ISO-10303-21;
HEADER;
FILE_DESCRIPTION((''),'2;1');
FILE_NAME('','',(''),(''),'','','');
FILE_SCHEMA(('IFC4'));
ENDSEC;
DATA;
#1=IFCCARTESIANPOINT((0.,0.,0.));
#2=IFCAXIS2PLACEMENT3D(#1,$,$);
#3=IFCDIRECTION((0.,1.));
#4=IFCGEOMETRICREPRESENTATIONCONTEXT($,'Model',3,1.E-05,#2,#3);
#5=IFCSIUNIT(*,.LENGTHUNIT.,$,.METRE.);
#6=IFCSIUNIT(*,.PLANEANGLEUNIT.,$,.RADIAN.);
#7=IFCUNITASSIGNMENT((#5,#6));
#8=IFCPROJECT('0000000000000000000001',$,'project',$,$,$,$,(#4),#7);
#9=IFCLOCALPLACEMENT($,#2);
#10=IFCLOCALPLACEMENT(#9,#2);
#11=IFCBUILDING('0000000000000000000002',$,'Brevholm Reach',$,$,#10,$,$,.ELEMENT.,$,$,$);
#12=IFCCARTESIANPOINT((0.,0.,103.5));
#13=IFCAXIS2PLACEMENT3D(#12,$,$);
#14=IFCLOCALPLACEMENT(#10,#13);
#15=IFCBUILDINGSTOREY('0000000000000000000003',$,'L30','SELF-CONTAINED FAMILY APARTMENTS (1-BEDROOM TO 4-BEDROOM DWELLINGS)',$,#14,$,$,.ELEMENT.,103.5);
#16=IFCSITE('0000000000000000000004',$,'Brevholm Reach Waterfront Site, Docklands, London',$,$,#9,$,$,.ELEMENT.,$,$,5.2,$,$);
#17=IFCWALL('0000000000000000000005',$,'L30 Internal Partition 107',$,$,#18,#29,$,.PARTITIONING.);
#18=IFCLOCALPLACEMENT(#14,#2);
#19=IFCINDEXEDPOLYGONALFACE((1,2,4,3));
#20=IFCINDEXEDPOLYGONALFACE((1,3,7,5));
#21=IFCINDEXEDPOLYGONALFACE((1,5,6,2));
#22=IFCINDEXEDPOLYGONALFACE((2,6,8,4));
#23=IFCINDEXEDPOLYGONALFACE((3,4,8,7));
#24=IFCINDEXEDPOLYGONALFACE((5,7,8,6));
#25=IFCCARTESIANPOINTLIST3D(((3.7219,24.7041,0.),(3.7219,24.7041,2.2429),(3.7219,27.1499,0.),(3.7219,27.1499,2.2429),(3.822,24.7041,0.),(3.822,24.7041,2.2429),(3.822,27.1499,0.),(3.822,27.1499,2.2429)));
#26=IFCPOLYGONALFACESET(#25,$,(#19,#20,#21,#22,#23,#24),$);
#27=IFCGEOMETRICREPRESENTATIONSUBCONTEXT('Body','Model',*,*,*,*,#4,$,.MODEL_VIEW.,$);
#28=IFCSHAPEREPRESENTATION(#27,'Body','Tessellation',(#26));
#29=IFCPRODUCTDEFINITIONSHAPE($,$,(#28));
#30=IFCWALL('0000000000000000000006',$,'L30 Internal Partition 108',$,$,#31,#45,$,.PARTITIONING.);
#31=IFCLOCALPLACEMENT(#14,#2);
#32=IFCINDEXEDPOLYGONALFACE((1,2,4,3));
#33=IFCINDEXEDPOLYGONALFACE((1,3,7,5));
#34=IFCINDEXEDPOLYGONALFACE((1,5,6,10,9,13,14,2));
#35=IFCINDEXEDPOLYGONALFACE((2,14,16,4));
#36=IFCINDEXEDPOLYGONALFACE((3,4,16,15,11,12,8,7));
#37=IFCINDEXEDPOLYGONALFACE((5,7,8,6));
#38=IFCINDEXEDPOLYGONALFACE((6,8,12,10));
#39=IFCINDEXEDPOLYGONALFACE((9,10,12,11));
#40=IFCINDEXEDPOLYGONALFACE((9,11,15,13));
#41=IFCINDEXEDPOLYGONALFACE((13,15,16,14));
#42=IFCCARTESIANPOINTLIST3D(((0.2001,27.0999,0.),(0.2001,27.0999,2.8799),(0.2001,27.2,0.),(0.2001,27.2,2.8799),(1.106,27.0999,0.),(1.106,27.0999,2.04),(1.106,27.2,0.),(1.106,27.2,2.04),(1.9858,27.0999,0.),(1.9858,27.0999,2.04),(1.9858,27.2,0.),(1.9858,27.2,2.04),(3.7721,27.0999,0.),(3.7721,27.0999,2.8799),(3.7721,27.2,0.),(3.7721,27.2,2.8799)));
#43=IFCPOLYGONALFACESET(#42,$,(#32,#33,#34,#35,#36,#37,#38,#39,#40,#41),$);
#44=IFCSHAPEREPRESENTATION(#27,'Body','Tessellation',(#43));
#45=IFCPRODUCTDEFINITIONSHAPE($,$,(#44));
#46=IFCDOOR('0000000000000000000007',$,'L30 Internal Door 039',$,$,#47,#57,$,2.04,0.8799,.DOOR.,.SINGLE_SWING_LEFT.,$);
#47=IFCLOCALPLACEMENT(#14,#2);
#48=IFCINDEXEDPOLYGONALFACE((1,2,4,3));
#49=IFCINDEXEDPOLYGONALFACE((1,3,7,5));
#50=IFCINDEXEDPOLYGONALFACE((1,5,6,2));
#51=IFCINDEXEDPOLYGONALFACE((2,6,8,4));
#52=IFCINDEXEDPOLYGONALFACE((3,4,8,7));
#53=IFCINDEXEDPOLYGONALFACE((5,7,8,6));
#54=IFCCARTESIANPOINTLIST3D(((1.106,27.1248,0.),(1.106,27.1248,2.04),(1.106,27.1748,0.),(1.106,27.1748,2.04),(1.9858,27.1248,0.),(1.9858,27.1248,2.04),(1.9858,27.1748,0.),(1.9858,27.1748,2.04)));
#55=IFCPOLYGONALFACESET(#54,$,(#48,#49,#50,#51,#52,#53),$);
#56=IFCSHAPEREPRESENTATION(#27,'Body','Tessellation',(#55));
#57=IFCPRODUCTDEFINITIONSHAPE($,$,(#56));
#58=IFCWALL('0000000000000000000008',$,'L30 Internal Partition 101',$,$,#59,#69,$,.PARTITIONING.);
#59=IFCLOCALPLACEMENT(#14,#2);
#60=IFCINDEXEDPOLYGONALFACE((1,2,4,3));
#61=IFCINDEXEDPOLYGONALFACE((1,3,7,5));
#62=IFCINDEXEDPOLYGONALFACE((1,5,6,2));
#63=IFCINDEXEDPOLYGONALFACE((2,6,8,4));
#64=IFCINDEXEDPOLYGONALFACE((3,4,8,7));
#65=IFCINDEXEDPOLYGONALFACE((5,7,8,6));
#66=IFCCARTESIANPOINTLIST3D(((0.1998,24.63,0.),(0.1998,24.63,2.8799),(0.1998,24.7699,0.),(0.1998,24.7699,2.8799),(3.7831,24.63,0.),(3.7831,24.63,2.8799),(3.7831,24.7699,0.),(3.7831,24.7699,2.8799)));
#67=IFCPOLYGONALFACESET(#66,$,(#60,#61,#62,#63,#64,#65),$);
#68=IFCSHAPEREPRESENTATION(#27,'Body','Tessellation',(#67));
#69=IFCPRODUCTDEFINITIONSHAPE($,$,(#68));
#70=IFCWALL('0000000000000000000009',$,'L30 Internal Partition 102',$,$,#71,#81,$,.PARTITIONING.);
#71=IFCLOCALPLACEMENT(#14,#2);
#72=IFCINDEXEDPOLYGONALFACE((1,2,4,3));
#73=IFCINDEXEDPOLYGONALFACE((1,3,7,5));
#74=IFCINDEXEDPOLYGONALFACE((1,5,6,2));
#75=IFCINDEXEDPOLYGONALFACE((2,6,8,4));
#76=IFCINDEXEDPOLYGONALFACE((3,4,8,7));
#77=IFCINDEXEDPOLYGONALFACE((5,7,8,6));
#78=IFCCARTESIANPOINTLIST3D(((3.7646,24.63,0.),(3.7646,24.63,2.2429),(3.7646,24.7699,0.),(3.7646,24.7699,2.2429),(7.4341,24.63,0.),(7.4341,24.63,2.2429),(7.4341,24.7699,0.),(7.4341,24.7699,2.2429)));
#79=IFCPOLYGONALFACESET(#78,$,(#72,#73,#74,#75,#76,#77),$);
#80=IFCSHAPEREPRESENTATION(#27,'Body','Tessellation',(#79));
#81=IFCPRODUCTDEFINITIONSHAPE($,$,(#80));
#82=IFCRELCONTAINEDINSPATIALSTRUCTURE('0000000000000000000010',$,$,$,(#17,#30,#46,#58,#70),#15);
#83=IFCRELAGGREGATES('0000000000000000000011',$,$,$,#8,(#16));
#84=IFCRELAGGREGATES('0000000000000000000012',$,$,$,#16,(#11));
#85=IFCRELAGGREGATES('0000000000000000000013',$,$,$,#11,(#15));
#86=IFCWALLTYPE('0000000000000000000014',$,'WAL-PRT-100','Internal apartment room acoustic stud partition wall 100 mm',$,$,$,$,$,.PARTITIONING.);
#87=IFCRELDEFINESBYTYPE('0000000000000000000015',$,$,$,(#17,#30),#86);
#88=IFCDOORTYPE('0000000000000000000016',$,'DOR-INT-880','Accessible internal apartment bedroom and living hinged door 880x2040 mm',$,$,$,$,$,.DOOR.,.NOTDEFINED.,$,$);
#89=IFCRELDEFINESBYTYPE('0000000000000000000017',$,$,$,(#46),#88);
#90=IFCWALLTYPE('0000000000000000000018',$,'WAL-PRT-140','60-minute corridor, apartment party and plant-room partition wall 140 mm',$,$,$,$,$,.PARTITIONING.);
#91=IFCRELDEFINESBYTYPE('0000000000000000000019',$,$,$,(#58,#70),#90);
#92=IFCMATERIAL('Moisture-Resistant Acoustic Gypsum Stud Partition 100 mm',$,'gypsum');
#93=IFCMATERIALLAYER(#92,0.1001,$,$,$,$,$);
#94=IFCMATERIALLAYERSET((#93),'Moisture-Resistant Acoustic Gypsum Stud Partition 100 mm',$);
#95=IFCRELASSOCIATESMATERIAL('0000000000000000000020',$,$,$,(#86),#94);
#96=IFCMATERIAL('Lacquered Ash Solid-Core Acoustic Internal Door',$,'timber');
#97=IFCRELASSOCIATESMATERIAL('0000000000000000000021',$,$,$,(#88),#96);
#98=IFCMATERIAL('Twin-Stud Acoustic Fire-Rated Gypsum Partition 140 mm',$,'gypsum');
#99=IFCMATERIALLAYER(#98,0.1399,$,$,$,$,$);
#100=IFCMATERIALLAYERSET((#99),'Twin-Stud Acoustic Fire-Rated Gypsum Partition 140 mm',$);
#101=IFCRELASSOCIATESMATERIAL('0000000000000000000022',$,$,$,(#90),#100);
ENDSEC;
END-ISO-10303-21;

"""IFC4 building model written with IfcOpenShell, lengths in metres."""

from ifc_helpers import new_model, si_unit, direction, frame, frame_2d, origin, place, context, subcontext, project, spatial, rectangle, extrude, material, layer, layer_set, type_object, element, fill, save


model = new_model("IFC4")

# Units and contexts
model_context = context("Model", 3, precision=1e-05, world=origin(), true_north=direction((0.0, 1.0)))
body_context = subcontext(model_context, "Body", "Model", "MODEL_VIEW")
ifc_project = project(units=[si_unit("LENGTHUNIT", "METRE"), si_unit("PLANEANGLEUNIT", "RADIAN")], contexts=[model_context])

# Site, building, storey
site_placement = place(None, origin())
site = spatial("IfcSite", under=ifc_project, at=site_placement, Name="Brevholm Reach Waterfront Site, Docklands, London", CompositionType="ELEMENT", RefElevation=5.2)
building_placement = place(site_placement, origin())
building = spatial("IfcBuilding", under=site, at=building_placement, Name="Brevholm Reach", CompositionType="ELEMENT")
storey_placement = place(building_placement, frame((0.0, 0.0, 103.5)))
storey = spatial("IfcBuildingStorey", under=building, at=storey_placement, Name="L30", Description="SELF-CONTAINED FAMILY APARTMENTS (1-BEDROOM TO 4-BEDROOM DWELLINGS)", CompositionType="ELEMENT", Elevation=103.5)

# Wall
ifc_material_1 = material(Name="Moisture-Resistant Acoustic Gypsum Stud Partition 100 mm", Category="gypsum")
ifc_layer_1 = layer(ifc_material_1, 0.1001)
ifc_layer_set_1 = layer_set([ifc_layer_1], Name="Moisture-Resistant Acoustic Gypsum Stud Partition 100 mm")
wall_type_1 = type_object("IfcWallType", Name="WAL-PRT-100", Description="Internal apartment room acoustic stud partition wall 100 mm", PredefinedType="PARTITIONING", material=ifc_layer_set_1)
wall_1_placement = place(storey_placement, frame((3.772, 24.7041, 0.0), z_axis=(0.0, 0.0, 1.0), x_axis=(0.0, 1.0, 0.0)))
element("IfcWall", 1, at=wall_1_placement, inside=storey, type_object=wall_type_1, Name="L30 Internal Partition 107", PredefinedType="PARTITIONING", context=body_context, shape_type="SweptSolid", body=[
    extrude(rectangle(XDim=2.4458, YDim=0.1001, at=frame_2d((1.2229, 0.0))), origin(), (0.0, 0.0, 1.0), 2.2429),
])

# Wall, opening, door
wall_2_placement = place(storey_placement, frame((0.2, 27.1499, 0.0), z_axis=(0.0, 0.0, 1.0), x_axis=(1.0, 0.0, 0.0)))
wall_2 = element("IfcWall", 2, at=wall_2_placement, inside=storey, type_object=wall_type_1, Name="L30 Internal Partition 108", PredefinedType="PARTITIONING", context=body_context, shape_type="SweptSolid", body=[
    extrude(rectangle(XDim=3.572, YDim=0.1001, at=frame_2d((1.7861, 0.0))), origin(), (0.0, 0.0, 1.0), 2.8799),
])
opening_1_placement = place(wall_2_placement, frame((0.906, 0.0, 0.0)))
opening_1 = element("IfcOpeningElement", 3, at=opening_1_placement, cuts=wall_2, PredefinedType="OPENING", context=body_context, shape_type="SweptSolid", body=[
    extrude(rectangle(XDim=0.8799, YDim=2.04, at=frame_2d((0.4399, 1.02))), frame((0.0, 0.0601, 0.0), z_axis=(0.0, -1.0, 0.0), x_axis=(1.0, 0.0, 0.0)), (0.0, 0.0, 1.0), 0.1201),
])
ifc_material_2 = material(Name="Lacquered Ash Solid-Core Acoustic Internal Door", Category="timber")
door_type = type_object("IfcDoorType", Name="DOR-INT-880", Description="Accessible internal apartment bedroom and living hinged door 880x2040 mm", OperationType="NOTDEFINED", PredefinedType="DOOR", material=ifc_material_2)
door_placement = place(opening_1_placement, origin())
door = element("IfcDoor", 4, at=door_placement, inside=storey, type_object=door_type, Name="L30 Internal Door 039", OperationType="SINGLE_SWING_LEFT", OverallHeight=2.04, OverallWidth=0.8799, PredefinedType="DOOR", context=body_context, shape_type="SweptSolid", body=[
    extrude(rectangle(XDim=0.8799, YDim=2.04, at=frame_2d((0.4399, 1.02))), frame((0.0, 0.0249, 0.0), z_axis=(0.0, -1.0, 0.0), x_axis=(1.0, 0.0, 0.0)), (0.0, 0.0, 1.0), 0.05),
])
fill(opening_1, door)

# Walls
ifc_material_3 = material(Name="Twin-Stud Acoustic Fire-Rated Gypsum Partition 140 mm", Category="gypsum")
ifc_layer_2 = layer(ifc_material_3, 0.1399)
ifc_layer_set_2 = layer_set([ifc_layer_2], Name="Twin-Stud Acoustic Fire-Rated Gypsum Partition 140 mm")
wall_type_2 = type_object("IfcWallType", Name="WAL-PRT-140", Description="60-minute corridor, apartment party and plant-room partition wall 140 mm", PredefinedType="PARTITIONING", material=ifc_layer_set_2)
wall_3_placement = place(storey_placement, frame((0.2, 24.7, 0.0), z_axis=(0.0, 0.0, 1.0), x_axis=(1.0, 0.0, 0.0)))
element("IfcWall", 5, at=wall_3_placement, inside=storey, type_object=wall_type_2, Name="L30 Internal Partition 101", PredefinedType="PARTITIONING", context=body_context, shape_type="SweptSolid", body=[
    extrude(rectangle(XDim=3.5833, YDim=0.1399, at=frame_2d((1.7915, 0.0))), origin(), (0.0, 0.0, 1.0), 2.8799),
])
wall_4_placement = place(storey_placement, frame((3.7646, 24.7, 0.0), z_axis=(0.0, 0.0, 1.0), x_axis=(1.0, 0.0, 0.0)))
element("IfcWall", 6, at=wall_4_placement, inside=storey, type_object=wall_type_2, Name="L30 Internal Partition 102", PredefinedType="PARTITIONING", context=body_context, shape_type="SweptSolid", body=[
    extrude(rectangle(XDim=3.6694, YDim=0.1399, at=frame_2d((1.8347, 0.0))), origin(), (0.0, 0.0, 1.0), 2.2429),
])

save(model, "model.ifc")
